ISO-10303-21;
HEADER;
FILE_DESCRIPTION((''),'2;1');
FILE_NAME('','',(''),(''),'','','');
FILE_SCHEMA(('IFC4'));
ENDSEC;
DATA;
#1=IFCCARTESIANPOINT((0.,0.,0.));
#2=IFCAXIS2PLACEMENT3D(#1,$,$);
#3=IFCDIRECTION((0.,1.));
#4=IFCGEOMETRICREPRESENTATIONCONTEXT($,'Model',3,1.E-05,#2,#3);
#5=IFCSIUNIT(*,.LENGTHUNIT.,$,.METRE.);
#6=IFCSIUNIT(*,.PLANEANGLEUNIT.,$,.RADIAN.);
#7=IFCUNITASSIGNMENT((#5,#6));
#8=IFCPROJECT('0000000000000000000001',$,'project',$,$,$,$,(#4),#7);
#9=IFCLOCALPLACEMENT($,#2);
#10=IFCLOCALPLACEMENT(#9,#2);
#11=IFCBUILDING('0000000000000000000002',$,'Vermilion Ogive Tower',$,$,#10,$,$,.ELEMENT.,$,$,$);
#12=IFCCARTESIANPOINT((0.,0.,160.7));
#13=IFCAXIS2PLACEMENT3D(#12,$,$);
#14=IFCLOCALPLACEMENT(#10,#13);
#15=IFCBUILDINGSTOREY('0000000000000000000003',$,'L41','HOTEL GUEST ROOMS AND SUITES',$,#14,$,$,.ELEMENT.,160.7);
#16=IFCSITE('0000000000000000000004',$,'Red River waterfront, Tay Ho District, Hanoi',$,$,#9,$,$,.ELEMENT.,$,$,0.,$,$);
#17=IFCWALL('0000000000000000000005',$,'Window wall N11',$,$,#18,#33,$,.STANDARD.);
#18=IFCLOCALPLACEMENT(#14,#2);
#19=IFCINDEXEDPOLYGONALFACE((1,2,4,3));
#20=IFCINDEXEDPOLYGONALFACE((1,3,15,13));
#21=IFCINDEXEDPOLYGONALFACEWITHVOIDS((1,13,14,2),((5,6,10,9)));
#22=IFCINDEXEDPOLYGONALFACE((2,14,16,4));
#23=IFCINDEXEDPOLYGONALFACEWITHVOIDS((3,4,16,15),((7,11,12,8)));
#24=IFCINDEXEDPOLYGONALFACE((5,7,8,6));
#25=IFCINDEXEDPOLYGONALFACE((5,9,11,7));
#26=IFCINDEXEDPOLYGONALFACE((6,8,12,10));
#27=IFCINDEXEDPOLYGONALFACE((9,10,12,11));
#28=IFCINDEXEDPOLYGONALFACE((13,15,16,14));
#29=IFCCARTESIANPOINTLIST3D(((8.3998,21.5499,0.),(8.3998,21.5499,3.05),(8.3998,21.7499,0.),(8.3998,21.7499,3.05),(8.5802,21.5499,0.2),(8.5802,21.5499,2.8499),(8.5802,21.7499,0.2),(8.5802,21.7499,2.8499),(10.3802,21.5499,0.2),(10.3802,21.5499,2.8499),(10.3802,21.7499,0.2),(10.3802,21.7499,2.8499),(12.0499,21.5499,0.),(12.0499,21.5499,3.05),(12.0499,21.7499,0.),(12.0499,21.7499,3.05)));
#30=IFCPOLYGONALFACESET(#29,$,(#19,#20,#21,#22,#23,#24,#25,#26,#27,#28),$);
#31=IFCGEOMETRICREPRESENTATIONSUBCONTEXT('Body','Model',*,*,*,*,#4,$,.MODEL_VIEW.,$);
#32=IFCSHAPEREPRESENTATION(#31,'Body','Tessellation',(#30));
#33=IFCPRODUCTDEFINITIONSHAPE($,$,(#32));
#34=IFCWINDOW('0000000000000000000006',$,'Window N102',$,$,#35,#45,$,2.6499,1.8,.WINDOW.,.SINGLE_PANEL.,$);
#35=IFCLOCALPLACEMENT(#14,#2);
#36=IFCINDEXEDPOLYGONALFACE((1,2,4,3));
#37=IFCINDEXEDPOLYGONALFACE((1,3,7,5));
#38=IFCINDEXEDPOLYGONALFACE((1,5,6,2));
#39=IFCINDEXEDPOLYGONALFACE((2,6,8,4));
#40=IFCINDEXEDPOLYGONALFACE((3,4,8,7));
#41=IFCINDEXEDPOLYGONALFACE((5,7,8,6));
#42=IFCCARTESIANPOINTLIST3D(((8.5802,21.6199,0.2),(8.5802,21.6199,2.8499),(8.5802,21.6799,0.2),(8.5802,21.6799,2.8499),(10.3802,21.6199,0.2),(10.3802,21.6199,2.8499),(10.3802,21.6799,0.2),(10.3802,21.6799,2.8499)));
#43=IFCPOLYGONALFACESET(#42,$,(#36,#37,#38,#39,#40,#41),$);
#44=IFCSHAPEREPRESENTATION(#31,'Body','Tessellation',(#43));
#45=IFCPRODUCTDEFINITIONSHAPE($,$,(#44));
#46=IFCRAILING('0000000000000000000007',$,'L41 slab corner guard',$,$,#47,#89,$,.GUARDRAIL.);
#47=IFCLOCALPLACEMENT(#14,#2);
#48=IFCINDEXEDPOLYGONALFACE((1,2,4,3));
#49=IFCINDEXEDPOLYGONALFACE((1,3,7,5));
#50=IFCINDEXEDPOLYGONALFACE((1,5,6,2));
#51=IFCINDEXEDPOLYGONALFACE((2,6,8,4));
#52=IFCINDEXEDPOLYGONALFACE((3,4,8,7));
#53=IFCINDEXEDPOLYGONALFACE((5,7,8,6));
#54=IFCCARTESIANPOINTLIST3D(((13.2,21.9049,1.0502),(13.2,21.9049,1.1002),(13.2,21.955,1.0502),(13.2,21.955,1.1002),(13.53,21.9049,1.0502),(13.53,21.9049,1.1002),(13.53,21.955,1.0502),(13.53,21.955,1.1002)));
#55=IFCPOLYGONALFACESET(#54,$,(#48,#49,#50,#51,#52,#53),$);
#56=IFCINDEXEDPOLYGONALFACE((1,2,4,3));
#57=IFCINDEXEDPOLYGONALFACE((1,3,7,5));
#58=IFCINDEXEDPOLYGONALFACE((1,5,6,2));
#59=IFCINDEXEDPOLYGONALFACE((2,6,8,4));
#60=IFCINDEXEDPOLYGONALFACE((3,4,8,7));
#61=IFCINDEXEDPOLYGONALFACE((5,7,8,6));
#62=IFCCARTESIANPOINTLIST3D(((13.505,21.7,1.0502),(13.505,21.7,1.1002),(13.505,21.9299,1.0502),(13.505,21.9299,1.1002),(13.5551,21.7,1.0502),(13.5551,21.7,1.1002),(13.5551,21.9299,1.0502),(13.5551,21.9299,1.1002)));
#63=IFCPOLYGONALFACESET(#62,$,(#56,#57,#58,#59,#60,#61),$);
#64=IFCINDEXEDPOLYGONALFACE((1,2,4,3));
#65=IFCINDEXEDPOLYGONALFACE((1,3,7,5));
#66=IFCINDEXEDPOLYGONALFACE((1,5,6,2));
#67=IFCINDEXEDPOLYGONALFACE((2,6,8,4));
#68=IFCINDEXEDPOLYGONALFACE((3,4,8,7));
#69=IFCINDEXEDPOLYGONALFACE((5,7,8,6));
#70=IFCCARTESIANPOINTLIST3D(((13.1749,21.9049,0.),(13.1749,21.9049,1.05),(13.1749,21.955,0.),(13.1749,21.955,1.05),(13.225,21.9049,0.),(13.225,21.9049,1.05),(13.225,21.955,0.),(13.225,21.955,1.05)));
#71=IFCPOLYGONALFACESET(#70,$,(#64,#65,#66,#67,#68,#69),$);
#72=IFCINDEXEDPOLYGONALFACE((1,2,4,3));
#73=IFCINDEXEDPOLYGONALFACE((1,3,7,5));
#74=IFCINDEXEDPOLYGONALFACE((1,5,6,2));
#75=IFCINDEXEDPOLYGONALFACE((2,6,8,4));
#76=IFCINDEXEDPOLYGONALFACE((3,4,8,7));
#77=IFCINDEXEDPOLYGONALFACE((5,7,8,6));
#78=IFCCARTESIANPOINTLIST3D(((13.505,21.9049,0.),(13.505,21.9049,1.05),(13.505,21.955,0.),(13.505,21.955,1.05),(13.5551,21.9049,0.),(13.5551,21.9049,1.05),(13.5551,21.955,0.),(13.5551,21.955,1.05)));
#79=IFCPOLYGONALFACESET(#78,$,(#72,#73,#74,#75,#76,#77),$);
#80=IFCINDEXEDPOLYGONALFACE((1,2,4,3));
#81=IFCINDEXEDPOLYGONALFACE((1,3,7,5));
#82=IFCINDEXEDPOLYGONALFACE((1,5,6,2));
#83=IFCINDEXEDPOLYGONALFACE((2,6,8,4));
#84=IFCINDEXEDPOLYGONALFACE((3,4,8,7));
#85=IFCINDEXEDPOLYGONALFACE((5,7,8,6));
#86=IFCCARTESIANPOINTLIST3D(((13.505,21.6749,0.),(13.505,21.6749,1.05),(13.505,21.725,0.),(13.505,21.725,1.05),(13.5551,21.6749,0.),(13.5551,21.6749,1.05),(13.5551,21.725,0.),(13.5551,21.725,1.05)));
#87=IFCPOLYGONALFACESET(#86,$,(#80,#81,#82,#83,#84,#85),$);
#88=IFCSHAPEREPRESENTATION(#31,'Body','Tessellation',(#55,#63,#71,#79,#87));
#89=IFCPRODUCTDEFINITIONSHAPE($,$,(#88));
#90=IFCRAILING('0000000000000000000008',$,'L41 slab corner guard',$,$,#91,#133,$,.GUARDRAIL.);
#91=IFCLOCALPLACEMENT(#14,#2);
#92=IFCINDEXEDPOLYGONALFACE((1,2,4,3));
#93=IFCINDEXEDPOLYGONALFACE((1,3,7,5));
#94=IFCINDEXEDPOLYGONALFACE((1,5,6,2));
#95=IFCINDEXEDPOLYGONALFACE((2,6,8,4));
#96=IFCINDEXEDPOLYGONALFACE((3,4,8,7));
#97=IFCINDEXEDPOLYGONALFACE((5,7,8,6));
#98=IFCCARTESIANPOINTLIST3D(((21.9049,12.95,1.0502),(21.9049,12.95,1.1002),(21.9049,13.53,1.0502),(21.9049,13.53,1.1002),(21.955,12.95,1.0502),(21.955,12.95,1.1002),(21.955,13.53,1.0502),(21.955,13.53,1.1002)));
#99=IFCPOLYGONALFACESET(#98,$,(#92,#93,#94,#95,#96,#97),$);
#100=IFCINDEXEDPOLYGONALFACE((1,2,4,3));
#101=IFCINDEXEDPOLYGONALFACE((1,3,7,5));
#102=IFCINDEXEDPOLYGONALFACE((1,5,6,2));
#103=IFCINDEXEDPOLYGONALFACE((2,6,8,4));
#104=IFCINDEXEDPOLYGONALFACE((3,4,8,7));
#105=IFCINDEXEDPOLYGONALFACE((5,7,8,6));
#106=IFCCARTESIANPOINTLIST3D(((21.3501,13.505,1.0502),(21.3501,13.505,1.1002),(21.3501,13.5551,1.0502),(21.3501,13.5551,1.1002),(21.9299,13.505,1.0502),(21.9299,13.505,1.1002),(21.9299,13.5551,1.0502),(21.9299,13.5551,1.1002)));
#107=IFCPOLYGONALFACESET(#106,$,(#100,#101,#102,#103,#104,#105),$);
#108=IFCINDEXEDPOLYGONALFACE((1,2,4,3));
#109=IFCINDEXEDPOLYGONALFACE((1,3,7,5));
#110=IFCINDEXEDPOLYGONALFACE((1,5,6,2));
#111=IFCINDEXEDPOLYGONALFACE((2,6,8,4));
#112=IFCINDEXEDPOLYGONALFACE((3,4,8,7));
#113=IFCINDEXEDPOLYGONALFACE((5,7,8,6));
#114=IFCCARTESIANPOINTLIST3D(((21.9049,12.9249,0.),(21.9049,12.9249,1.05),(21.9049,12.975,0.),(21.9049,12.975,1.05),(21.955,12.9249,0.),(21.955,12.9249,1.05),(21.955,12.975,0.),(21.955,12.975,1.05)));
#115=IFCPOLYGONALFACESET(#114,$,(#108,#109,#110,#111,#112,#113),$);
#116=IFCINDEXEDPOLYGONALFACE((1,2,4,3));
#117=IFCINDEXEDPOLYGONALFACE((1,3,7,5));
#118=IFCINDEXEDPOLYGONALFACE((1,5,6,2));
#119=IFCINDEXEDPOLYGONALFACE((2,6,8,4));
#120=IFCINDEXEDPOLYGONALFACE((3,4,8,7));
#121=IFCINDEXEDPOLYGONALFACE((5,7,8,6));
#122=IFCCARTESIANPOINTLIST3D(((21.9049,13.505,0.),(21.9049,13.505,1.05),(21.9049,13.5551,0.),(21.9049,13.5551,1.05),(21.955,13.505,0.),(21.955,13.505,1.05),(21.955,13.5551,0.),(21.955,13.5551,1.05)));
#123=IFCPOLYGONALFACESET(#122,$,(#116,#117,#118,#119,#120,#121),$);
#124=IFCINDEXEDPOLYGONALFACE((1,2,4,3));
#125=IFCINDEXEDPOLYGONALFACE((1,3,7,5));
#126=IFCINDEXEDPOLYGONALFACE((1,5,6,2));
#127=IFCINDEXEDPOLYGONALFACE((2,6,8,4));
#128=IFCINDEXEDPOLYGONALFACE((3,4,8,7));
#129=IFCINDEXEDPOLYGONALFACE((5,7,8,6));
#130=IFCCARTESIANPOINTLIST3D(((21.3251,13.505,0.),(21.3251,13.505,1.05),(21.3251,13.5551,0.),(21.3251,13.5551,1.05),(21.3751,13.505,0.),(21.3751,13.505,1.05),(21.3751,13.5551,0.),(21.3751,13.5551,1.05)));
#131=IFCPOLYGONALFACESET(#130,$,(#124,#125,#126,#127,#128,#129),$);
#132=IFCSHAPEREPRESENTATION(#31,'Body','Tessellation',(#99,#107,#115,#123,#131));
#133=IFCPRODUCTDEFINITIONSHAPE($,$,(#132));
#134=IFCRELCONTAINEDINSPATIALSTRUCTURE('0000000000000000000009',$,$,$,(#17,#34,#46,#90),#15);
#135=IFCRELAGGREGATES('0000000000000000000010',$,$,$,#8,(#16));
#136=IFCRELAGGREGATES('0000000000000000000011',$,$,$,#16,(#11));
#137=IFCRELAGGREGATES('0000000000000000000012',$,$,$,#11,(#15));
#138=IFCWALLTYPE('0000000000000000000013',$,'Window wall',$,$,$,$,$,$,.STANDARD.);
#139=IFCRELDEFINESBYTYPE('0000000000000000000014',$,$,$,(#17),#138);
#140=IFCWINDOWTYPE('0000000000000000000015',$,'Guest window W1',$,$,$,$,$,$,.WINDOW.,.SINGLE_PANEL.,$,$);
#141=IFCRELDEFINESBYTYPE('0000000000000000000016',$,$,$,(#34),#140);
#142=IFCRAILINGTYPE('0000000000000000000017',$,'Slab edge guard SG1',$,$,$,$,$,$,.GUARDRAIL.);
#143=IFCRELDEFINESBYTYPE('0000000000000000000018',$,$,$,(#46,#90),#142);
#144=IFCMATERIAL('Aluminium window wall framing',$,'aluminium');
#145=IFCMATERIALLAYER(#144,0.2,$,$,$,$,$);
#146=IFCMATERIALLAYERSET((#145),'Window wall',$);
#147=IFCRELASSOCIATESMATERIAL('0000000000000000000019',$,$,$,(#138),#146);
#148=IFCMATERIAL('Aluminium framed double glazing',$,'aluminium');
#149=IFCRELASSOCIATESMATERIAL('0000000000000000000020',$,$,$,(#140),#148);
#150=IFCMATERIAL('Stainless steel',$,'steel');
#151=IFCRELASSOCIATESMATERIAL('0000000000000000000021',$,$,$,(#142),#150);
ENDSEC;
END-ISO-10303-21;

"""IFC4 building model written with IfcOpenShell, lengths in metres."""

from ifc_helpers import new_model, si_unit, direction, frame, frame_2d, origin, origin_2d, place, context, subcontext, project, spatial, rectangle, extrude, material, layer, layer_set, type_object, element, fill, save


model = new_model("IFC4")

# Units and contexts
model_context = context("Model", 3, precision=1e-05, world=origin(), true_north=direction((0.0, 1.0)))
body_context = subcontext(model_context, "Body", "Model", "MODEL_VIEW")
ifc_project = project(units=[si_unit("LENGTHUNIT", "METRE"), si_unit("PLANEANGLEUNIT", "RADIAN")], contexts=[model_context])

# Site, building, storey
site_placement = place(None, origin())
site = spatial("IfcSite", under=ifc_project, at=site_placement, Name="Red River waterfront, Tay Ho District, Hanoi", CompositionType="ELEMENT", RefElevation=0.0)
building_placement = place(site_placement, origin())
building = spatial("IfcBuilding", under=site, at=building_placement, Name="Vermilion Ogive Tower", CompositionType="ELEMENT")
storey_placement = place(building_placement, frame((0.0, 0.0, 160.7)))
storey = spatial("IfcBuildingStorey", under=building, at=storey_placement, Name="L41", Description="HOTEL GUEST ROOMS AND SUITES", CompositionType="ELEMENT", Elevation=160.7)

# Shared definitions
ifc_material_1 = material(Name="Aluminium window wall framing", Category="aluminium")
ifc_layer_1 = layer(ifc_material_1, 0.2)
ifc_layer_set_1 = layer_set([ifc_layer_1], Name="Window wall")
wall_type_1 = type_object("IfcWallType", Name="Window wall", PredefinedType="STANDARD", material=ifc_layer_set_1)

# Shared definitions
ifc_material_2 = material(Name="Aluminium framed double glazing", Category="aluminium")
window_type = type_object("IfcWindowType", Name="Guest window W1", PartitioningType="SINGLE_PANEL", PredefinedType="WINDOW", material=ifc_material_2)

# Wall, opening, window
wall_1_placement = place(storey_placement, frame((12.05, 21.6499, 0.0), z_axis=(0.0, 0.0, 1.0), x_axis=(-1.0, 0.0, 0.0)))
wall_1 = element("IfcWall", 1, at=wall_1_placement, inside=storey, type_object=wall_type_1, Name="Window wall N11", PredefinedType="STANDARD", context=body_context, shape_type="SweptSolid", body=[
    extrude(rectangle(XDim=3.6501, YDim=0.2, at=frame_2d((1.8252, 0.0))), origin(), (0.0, 0.0, 1.0), 3.05),
])
opening_1_placement = place(wall_1_placement, frame((1.6699, 0.0, 0.2)))
opening_1 = element("IfcOpeningElement", 2, at=opening_1_placement, cuts=wall_1, PredefinedType="OPENING", context=body_context, shape_type="SweptSolid", body=[
    extrude(rectangle(XDim=1.8, YDim=2.6499, at=frame_2d((0.8999, 1.325))), frame((0.0, 0.1099, 0.0), z_axis=(0.0, -1.0, 0.0), x_axis=(1.0, 0.0, 0.0)), (0.0, 0.0, 1.0), 0.22),
])
window_1_placement = place(opening_1_placement, origin())
window_1 = element("IfcWindow", 3, at=window_1_placement, inside=storey, type_object=window_type, Name="Window N102", OverallHeight=2.6499, OverallWidth=1.8, PartitioningType="SINGLE_PANEL", PredefinedType="WINDOW", context=body_context, shape_type="SweptSolid", body=[
    extrude(rectangle(XDim=1.8, YDim=2.6499, at=frame_2d((0.8999, 1.325))), frame((0.0, 0.03, 0.0), z_axis=(0.0, -1.0, 0.0), x_axis=(1.0, 0.0, 0.0)), (0.0, 0.0, 1.0), 0.0601),
])
fill(opening_1, window_1)

# Railings
ifc_material_3 = material(Name="Stainless steel", Category="steel")
railing_type = type_object("IfcRailingType", Name="Slab edge guard SG1", PredefinedType="GUARDRAIL", material=ifc_material_3)
railing_1_placement = place(storey_placement, frame((13.2, 21.9299, 0.0)))
element("IfcRailing", 4, at=railing_1_placement, inside=storey, type_object=railing_type, Name="L41 slab corner guard", PredefinedType="GUARDRAIL", context=body_context, shape_type="SweptSolid", body=[
    extrude(rectangle(XDim=0.05, YDim=0.05, at=origin_2d()), frame((0.0, 0.0, 1.0752), z_axis=(1.0, 0.0, 0.0), x_axis=(0.0, 1.0, 0.0)), (0.0, 0.0, 1.0), 0.3301),
    extrude(rectangle(XDim=0.05, YDim=0.05, at=origin_2d()), frame((0.3301, 0.0, 1.0752), z_axis=(0.0, -1.0, 0.0), x_axis=(1.0, 0.0, 0.0)), (0.0, 0.0, 1.0), 0.23),
    extrude(rectangle(XDim=0.05, YDim=0.05, at=origin_2d()), origin(), (0.0, 0.0, 1.0), 1.05),
    extrude(rectangle(XDim=0.05, YDim=0.05, at=origin_2d()), frame((0.3301, 0.0, 0.0)), (0.0, 0.0, 1.0), 1.05),
    extrude(rectangle(XDim=0.05, YDim=0.05, at=origin_2d()), frame((0.3301, -0.23, 0.0)), (0.0, 0.0, 1.0), 1.05),
])
railing_2_placement = place(storey_placement, frame((21.9299, 12.95, 0.0)))
element("IfcRailing", 5, at=railing_2_placement, inside=storey, type_object=railing_type, Name="L41 slab corner guard", PredefinedType="GUARDRAIL", context=body_context, shape_type="SweptSolid", body=[
    extrude(rectangle(XDim=0.05, YDim=0.05, at=origin_2d()), frame((0.0, 0.0, 1.0752), z_axis=(0.0, 1.0, 0.0), x_axis=(-1.0, 0.0, 0.0)), (0.0, 0.0, 1.0), 0.5801),
    extrude(rectangle(XDim=0.05, YDim=0.05, at=origin_2d()), frame((0.0, 0.5801, 1.0752), z_axis=(-1.0, 0.0, 0.0), x_axis=(0.0, -1.0, 0.0)), (0.0, 0.0, 1.0), 0.5798),
    extrude(rectangle(XDim=0.05, YDim=0.05, at=origin_2d()), origin(), (0.0, 0.0, 1.0), 1.05),
    extrude(rectangle(XDim=0.05, YDim=0.05, at=origin_2d()), frame((0.0, 0.5801, 0.0)), (0.0, 0.0, 1.0), 1.05),
    extrude(rectangle(XDim=0.05, YDim=0.05, at=origin_2d()), frame((-0.5798, 0.5801, 0.0)), (0.0, 0.0, 1.0), 1.05),
])

save(model, "model.ifc")
